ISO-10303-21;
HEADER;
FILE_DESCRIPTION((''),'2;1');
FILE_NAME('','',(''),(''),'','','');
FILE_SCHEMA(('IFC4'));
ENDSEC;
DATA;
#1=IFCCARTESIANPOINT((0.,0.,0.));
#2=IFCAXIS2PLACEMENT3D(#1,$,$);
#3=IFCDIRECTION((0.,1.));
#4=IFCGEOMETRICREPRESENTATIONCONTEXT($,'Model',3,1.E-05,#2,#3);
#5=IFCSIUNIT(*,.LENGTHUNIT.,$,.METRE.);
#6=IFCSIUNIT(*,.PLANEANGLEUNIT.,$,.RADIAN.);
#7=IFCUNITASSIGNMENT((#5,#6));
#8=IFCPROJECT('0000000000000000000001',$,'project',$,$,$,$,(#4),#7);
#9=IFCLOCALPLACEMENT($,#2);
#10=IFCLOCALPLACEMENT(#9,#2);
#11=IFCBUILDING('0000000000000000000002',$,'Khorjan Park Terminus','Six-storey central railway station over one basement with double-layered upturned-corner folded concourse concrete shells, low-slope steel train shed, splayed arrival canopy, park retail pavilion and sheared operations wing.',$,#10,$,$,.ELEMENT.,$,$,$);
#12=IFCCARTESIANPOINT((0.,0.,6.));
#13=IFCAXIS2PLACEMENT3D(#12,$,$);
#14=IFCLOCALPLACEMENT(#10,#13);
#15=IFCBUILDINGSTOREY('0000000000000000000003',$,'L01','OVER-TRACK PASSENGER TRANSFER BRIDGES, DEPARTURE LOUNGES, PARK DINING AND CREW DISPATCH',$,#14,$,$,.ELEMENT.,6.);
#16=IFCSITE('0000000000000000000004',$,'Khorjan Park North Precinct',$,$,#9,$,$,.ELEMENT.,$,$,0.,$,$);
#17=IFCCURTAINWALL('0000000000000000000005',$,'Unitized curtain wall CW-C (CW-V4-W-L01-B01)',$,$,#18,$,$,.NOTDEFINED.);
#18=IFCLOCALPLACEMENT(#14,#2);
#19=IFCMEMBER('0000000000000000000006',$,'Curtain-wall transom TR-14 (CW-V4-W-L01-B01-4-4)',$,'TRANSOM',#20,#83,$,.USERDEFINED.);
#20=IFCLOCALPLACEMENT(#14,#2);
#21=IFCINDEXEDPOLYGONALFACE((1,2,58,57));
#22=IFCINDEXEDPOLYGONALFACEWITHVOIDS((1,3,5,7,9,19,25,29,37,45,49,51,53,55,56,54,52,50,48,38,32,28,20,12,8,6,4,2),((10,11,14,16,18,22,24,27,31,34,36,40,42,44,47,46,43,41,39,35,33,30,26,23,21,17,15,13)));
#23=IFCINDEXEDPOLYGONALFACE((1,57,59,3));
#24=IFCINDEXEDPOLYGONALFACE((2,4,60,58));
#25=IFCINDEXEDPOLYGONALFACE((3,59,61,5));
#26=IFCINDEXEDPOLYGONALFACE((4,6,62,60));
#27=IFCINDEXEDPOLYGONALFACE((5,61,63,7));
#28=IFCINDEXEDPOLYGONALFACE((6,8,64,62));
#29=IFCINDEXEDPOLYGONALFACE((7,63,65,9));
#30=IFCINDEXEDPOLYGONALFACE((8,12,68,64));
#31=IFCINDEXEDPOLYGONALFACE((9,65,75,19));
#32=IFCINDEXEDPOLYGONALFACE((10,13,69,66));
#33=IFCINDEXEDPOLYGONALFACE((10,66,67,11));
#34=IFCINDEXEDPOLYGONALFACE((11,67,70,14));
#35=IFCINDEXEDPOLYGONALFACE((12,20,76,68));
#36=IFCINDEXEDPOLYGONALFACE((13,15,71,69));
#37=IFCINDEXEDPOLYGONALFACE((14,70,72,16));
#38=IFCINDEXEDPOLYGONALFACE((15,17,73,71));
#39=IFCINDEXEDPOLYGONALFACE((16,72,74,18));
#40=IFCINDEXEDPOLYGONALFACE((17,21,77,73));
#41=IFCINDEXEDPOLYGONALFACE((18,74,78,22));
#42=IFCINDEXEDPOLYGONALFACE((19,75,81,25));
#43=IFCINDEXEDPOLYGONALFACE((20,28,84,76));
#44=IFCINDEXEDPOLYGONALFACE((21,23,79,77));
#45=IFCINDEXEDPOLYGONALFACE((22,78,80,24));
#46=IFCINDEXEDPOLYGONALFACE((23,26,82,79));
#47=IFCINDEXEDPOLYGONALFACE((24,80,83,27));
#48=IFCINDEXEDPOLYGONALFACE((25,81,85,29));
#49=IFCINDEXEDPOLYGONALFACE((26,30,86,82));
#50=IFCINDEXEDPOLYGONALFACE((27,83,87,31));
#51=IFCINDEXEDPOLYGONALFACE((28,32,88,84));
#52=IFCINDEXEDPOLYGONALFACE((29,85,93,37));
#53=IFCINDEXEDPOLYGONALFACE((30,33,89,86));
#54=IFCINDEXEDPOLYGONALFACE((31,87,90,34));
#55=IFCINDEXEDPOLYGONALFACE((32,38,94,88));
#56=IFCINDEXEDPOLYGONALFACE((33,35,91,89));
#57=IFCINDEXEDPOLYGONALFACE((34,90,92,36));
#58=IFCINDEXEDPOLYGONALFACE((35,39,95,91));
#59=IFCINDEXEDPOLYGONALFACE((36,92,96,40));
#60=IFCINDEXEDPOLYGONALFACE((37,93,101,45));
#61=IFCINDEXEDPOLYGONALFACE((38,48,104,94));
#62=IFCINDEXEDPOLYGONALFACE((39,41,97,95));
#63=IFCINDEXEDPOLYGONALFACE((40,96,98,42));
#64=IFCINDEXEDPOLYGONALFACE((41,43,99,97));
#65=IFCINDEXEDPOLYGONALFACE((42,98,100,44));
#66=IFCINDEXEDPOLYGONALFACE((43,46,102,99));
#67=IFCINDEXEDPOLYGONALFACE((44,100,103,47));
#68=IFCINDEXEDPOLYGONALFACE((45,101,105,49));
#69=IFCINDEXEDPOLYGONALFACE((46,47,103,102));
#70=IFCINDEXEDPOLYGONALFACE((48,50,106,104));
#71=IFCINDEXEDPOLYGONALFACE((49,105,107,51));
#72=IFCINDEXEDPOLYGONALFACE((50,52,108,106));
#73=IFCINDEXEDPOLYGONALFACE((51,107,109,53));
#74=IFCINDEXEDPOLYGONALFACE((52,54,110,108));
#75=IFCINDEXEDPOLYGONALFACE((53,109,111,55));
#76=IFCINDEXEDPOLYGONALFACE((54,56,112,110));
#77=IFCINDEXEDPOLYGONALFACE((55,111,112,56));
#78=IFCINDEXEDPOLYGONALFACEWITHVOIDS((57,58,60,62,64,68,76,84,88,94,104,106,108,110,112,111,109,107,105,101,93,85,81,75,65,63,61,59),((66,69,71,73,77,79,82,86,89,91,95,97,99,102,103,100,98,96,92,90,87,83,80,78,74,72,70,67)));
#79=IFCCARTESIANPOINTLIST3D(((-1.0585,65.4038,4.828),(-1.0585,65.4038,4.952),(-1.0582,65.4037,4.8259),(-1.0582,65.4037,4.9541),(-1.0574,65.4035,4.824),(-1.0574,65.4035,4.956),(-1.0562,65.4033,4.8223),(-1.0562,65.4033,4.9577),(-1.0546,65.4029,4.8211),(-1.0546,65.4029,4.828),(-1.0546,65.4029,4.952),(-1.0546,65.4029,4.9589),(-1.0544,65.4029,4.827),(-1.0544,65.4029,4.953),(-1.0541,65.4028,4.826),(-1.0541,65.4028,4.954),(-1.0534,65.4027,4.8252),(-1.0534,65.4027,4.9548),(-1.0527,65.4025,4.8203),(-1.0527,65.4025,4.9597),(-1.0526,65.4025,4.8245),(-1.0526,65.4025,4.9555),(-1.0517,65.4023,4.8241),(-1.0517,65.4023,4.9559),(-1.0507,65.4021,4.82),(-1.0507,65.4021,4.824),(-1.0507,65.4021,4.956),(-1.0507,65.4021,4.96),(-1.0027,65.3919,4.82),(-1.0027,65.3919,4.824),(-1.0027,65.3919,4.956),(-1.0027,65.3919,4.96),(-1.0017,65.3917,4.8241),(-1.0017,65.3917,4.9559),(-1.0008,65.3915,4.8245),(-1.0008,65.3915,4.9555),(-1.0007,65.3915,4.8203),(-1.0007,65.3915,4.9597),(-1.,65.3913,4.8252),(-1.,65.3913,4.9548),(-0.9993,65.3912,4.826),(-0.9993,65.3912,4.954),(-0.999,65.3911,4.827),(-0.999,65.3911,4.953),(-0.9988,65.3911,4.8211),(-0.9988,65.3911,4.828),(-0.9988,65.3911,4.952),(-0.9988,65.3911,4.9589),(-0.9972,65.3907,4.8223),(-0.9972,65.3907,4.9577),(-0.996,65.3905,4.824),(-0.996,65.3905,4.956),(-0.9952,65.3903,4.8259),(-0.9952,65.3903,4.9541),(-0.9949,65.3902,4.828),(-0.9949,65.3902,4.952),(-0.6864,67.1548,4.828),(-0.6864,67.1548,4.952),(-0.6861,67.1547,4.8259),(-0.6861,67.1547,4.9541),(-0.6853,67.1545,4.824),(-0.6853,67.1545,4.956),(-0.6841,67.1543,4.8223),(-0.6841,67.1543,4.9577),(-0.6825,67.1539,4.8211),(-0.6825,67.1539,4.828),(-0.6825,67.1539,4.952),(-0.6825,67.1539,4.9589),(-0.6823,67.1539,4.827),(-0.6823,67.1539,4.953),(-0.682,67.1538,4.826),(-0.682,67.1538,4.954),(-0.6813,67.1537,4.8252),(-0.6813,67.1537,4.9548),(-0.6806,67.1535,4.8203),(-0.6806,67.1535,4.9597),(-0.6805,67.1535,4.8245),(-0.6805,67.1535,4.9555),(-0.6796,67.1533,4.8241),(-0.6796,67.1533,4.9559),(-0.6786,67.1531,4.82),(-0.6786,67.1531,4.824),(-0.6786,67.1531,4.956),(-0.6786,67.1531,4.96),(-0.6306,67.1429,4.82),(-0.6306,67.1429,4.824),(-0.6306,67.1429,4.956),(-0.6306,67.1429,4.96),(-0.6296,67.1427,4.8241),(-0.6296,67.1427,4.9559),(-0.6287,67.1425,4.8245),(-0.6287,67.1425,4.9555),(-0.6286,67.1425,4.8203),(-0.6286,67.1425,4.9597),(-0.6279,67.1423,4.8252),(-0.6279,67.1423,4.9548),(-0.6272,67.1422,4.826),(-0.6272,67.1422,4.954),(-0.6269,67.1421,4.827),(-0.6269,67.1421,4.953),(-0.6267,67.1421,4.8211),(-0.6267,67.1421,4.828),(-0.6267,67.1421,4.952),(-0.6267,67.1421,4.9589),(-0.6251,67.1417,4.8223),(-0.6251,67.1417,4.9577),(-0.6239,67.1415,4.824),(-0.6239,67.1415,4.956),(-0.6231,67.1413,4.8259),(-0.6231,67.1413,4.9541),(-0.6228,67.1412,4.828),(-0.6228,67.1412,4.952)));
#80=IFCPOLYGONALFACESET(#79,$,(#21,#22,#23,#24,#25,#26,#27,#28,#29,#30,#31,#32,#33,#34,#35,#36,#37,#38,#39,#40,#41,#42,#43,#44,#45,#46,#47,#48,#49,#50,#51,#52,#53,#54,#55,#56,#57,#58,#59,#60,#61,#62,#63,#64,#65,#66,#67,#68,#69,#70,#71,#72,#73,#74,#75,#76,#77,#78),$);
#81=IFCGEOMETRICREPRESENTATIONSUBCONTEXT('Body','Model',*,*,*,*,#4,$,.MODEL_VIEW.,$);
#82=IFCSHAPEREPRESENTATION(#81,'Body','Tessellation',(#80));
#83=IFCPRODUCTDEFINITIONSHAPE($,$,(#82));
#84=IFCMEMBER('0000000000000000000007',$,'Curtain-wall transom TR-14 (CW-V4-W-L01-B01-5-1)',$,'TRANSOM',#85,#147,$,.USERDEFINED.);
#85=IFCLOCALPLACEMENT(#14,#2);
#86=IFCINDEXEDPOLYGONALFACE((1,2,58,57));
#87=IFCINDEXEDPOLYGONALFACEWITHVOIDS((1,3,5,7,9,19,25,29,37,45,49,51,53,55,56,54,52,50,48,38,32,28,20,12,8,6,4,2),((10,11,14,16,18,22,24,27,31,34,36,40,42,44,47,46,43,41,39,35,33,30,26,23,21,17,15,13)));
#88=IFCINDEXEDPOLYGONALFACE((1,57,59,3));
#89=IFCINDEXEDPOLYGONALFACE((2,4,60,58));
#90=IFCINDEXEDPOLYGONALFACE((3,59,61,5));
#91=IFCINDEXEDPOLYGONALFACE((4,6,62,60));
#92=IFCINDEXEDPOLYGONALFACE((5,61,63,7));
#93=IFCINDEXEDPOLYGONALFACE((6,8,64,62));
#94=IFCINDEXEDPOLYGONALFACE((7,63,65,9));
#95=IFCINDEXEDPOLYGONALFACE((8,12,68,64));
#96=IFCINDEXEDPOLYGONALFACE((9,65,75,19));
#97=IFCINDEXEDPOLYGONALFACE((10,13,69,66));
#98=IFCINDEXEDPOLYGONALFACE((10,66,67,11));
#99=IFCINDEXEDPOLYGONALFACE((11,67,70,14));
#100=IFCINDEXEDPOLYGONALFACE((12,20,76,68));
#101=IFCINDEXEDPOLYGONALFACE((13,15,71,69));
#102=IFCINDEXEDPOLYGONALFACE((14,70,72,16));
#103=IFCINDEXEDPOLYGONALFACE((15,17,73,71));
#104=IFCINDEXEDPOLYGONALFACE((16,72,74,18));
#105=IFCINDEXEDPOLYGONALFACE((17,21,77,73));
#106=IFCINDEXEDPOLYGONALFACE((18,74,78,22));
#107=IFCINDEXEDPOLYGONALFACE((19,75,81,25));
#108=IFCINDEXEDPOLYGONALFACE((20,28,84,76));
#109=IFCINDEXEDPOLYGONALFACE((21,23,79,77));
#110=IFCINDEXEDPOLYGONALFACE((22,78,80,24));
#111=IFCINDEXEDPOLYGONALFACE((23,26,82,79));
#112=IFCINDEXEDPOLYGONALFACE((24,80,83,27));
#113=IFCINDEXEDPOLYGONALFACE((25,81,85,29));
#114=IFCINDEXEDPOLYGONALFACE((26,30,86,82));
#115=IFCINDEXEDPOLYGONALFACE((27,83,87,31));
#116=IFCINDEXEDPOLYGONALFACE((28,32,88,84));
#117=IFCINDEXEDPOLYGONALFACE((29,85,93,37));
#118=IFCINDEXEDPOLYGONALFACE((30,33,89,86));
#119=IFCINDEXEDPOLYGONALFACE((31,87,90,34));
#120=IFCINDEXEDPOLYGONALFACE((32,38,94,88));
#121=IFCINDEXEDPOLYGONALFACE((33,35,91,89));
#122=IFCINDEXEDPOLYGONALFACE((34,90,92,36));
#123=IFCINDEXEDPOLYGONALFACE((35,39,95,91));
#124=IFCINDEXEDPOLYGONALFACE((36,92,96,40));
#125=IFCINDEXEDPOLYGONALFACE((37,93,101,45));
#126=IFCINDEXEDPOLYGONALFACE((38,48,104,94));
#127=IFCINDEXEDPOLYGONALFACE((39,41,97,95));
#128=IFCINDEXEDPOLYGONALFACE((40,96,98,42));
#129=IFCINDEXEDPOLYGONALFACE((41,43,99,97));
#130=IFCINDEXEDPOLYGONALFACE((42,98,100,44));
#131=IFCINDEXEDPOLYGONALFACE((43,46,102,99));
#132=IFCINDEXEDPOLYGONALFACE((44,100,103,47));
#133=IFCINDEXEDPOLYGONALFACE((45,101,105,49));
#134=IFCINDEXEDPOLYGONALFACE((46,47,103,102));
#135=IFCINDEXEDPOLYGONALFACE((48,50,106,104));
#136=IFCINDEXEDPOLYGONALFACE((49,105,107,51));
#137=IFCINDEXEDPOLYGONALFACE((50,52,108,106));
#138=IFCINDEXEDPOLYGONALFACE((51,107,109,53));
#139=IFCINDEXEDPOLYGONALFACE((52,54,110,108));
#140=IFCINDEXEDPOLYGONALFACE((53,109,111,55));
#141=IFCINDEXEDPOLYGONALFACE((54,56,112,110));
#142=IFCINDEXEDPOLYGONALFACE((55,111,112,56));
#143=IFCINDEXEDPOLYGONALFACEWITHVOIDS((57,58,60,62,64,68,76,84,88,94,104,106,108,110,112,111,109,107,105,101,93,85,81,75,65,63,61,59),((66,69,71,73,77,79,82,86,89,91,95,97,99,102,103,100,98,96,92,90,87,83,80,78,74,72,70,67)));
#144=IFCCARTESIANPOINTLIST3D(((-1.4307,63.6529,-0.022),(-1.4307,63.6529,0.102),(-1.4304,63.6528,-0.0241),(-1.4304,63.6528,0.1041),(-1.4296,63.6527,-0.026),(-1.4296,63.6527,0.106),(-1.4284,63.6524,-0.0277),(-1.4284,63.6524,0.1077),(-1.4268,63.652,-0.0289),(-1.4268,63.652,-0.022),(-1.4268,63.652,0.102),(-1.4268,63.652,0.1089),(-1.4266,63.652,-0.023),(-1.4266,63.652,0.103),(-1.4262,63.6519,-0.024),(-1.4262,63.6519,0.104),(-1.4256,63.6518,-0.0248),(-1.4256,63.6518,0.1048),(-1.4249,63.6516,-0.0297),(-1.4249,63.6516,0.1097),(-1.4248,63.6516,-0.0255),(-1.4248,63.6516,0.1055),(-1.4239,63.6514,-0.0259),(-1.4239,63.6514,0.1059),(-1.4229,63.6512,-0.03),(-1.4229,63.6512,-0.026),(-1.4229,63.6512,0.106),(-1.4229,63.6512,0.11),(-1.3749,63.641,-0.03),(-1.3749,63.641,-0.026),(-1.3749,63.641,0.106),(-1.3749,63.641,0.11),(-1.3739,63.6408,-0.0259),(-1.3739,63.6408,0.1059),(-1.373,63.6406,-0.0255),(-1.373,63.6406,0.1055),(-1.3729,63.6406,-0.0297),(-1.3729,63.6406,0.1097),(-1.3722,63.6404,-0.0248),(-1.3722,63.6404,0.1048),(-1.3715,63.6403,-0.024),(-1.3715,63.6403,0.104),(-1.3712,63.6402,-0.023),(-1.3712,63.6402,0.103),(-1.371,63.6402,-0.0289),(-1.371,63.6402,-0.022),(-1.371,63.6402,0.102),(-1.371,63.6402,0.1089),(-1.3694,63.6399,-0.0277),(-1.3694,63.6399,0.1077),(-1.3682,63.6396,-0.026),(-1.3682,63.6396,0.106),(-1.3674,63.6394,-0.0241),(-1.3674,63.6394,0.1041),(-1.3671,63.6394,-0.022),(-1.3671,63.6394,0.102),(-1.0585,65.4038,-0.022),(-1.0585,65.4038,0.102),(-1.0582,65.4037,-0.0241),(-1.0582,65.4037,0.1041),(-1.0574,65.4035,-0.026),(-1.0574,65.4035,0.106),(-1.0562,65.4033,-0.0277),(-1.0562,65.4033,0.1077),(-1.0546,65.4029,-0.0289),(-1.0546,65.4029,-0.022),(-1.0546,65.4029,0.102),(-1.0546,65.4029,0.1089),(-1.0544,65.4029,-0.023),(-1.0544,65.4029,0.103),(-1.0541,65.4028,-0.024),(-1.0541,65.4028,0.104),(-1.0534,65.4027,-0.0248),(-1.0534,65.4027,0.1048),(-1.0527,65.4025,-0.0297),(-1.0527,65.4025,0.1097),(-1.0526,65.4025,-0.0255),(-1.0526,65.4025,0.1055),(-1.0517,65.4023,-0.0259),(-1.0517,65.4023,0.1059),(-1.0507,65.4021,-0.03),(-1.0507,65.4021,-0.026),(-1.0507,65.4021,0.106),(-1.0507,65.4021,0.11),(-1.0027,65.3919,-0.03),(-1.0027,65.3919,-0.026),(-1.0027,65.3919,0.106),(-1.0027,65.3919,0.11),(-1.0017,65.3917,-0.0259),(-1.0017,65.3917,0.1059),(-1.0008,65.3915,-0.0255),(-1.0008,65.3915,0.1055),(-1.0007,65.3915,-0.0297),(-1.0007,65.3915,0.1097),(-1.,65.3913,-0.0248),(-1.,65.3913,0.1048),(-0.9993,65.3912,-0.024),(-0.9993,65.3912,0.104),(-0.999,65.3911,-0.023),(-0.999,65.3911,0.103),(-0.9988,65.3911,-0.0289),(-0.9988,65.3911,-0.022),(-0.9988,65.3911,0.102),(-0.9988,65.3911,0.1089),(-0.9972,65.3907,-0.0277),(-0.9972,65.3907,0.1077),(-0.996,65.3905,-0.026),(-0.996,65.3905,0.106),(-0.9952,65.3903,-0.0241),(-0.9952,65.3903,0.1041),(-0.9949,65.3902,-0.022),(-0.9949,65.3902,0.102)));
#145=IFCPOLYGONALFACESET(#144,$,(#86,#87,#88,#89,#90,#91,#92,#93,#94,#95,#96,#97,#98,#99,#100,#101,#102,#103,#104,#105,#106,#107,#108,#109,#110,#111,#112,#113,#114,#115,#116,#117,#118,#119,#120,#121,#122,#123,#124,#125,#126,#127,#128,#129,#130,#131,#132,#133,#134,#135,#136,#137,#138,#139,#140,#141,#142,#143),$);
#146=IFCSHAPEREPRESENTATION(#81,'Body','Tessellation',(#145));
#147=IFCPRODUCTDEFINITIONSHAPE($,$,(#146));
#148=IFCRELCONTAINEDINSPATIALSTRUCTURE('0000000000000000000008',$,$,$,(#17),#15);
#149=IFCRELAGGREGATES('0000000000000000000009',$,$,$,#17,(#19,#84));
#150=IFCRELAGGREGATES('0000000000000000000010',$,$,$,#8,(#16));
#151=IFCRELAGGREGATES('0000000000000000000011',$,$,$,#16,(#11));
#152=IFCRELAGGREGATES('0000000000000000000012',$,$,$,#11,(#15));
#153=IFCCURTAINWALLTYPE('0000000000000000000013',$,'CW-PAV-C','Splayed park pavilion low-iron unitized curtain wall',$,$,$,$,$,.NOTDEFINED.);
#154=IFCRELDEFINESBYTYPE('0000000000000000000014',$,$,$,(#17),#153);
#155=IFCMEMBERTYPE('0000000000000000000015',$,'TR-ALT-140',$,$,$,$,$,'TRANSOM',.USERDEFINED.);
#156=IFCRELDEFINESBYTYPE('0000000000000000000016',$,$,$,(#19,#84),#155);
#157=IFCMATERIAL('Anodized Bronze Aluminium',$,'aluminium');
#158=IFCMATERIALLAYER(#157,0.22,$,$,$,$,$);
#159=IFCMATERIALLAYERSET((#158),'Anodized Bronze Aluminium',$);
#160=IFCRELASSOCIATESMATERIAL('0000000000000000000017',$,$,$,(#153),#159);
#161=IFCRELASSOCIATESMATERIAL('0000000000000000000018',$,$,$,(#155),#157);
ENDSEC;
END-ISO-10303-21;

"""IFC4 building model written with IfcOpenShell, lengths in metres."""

from ifc_helpers import new_model, si_unit, direction, frame, origin, origin_2d, place, context, subcontext, project, spatial, hollow_rectangle, extrude, material, layer, layer_set, material_profile, profile_set, type_object, element, aggregate, save


model = new_model("IFC4")

# Units and contexts
model_context = context("Model", 3, precision=1e-05, world=origin(), true_north=direction((0.0, 1.0)))
body_context = subcontext(model_context, "Body", "Model", "MODEL_VIEW")
ifc_project = project(units=[si_unit("LENGTHUNIT", "METRE"), si_unit("PLANEANGLEUNIT", "RADIAN")], contexts=[model_context])

# Site, building, storey
site_placement = place(None, origin())
site = spatial("IfcSite", under=ifc_project, at=site_placement, Name="Khorjan Park North Precinct", CompositionType="ELEMENT", RefElevation=0.0)
building_placement = place(site_placement, origin())
building = spatial("IfcBuilding", under=site, at=building_placement, Name="Khorjan Park Terminus", Description="Six-storey central railway station over one basement with double-layered upturned-corner folded concourse concrete shells, low-slope steel train shed, splayed arrival canopy, park retail pavilion and sheared operations wing.", CompositionType="ELEMENT")
storey_placement = place(building_placement, frame((0.0, 0.0, 6.0)))
storey = spatial("IfcBuildingStorey", under=building, at=storey_placement, Name="L01", Description="OVER-TRACK PASSENGER TRANSFER BRIDGES, DEPARTURE LOUNGES, PARK DINING AND CREW DISPATCH", CompositionType="ELEMENT", Elevation=6.0)

# Curtain wall, members
ifc_material_1 = material(Name="Anodized Bronze Aluminium", Category="aluminium")
ifc_layer_1 = layer(ifc_material_1, 0.22)
ifc_layer_set_1 = layer_set([ifc_layer_1], Name="Anodized Bronze Aluminium")
curtain_wall_type = type_object("IfcCurtainWallType", Name="CW-PAV-C", Description="Splayed park pavilion low-iron unitized curtain wall", PredefinedType="NOTDEFINED", material=ifc_layer_set_1)
curtain_wall_placement = place(storey_placement, origin())
curtain_wall = element("IfcCurtainWall", 1, at=curtain_wall_placement, inside=storey, type_object=curtain_wall_type, Name="Unitized curtain wall CW-C (CW-V4-W-L01-B01)", PredefinedType="NOTDEFINED")
ifc_material_profile_1 = material_profile(ifc_material_1, hollow_rectangle(XDim=0.065, YDim=0.14, WallThickness=0.004, InnerFilletRadius=0.004, OuterFilletRadius=0.008, at=origin_2d()), Name="ALT 65x140x4")
ifc_profile_set_1 = profile_set([ifc_material_profile_1], Name="Anodized Bronze Aluminium")
member_type_1 = type_object("IfcMemberType", Name="TR-ALT-140", ElementType="TRANSOM", PredefinedType="USERDEFINED", material=ifc_profile_set_1)
member_1_placement = place(storey_placement, frame((-0.6546, 67.148, 4.89), z_axis=(-0.207865, -0.978157, 0.0), x_axis=(0.978157, -0.207865, 0.0)))
member_1 = element("IfcMember", 2, at=member_1_placement, type_object=member_type_1, Name="Curtain-wall transom TR-14 (CW-V4-W-L01-B01-4-4)", ObjectType="TRANSOM", PredefinedType="USERDEFINED", context=body_context, shape_type="SweptSolid", body=[
    extrude(hollow_rectangle(XDim=0.065, YDim=0.14, WallThickness=0.004, InnerFilletRadius=0.004, OuterFilletRadius=0.008, at=origin_2d()), origin(), (0.0, 0.0, 1.0), 1.7901),
])
member_2_placement = place(storey_placement, frame((-1.0267, 65.397, 0.04), z_axis=(-0.20793, -0.978144, 0.0), x_axis=(0.978144, -0.20793, 0.0)))
member_2 = element("IfcMember", 3, at=member_2_placement, type_object=member_type_1, Name="Curtain-wall transom TR-14 (CW-V4-W-L01-B01-5-1)", ObjectType="TRANSOM", PredefinedType="USERDEFINED", context=body_context, shape_type="SweptSolid", body=[
    extrude(hollow_rectangle(XDim=0.065, YDim=0.14, WallThickness=0.004, InnerFilletRadius=0.004, OuterFilletRadius=0.008, at=origin_2d()), origin(), (0.0, 0.0, 1.0), 1.79),
])
aggregate(curtain_wall, [member_1, member_2])

save(model, "model.ifc")
